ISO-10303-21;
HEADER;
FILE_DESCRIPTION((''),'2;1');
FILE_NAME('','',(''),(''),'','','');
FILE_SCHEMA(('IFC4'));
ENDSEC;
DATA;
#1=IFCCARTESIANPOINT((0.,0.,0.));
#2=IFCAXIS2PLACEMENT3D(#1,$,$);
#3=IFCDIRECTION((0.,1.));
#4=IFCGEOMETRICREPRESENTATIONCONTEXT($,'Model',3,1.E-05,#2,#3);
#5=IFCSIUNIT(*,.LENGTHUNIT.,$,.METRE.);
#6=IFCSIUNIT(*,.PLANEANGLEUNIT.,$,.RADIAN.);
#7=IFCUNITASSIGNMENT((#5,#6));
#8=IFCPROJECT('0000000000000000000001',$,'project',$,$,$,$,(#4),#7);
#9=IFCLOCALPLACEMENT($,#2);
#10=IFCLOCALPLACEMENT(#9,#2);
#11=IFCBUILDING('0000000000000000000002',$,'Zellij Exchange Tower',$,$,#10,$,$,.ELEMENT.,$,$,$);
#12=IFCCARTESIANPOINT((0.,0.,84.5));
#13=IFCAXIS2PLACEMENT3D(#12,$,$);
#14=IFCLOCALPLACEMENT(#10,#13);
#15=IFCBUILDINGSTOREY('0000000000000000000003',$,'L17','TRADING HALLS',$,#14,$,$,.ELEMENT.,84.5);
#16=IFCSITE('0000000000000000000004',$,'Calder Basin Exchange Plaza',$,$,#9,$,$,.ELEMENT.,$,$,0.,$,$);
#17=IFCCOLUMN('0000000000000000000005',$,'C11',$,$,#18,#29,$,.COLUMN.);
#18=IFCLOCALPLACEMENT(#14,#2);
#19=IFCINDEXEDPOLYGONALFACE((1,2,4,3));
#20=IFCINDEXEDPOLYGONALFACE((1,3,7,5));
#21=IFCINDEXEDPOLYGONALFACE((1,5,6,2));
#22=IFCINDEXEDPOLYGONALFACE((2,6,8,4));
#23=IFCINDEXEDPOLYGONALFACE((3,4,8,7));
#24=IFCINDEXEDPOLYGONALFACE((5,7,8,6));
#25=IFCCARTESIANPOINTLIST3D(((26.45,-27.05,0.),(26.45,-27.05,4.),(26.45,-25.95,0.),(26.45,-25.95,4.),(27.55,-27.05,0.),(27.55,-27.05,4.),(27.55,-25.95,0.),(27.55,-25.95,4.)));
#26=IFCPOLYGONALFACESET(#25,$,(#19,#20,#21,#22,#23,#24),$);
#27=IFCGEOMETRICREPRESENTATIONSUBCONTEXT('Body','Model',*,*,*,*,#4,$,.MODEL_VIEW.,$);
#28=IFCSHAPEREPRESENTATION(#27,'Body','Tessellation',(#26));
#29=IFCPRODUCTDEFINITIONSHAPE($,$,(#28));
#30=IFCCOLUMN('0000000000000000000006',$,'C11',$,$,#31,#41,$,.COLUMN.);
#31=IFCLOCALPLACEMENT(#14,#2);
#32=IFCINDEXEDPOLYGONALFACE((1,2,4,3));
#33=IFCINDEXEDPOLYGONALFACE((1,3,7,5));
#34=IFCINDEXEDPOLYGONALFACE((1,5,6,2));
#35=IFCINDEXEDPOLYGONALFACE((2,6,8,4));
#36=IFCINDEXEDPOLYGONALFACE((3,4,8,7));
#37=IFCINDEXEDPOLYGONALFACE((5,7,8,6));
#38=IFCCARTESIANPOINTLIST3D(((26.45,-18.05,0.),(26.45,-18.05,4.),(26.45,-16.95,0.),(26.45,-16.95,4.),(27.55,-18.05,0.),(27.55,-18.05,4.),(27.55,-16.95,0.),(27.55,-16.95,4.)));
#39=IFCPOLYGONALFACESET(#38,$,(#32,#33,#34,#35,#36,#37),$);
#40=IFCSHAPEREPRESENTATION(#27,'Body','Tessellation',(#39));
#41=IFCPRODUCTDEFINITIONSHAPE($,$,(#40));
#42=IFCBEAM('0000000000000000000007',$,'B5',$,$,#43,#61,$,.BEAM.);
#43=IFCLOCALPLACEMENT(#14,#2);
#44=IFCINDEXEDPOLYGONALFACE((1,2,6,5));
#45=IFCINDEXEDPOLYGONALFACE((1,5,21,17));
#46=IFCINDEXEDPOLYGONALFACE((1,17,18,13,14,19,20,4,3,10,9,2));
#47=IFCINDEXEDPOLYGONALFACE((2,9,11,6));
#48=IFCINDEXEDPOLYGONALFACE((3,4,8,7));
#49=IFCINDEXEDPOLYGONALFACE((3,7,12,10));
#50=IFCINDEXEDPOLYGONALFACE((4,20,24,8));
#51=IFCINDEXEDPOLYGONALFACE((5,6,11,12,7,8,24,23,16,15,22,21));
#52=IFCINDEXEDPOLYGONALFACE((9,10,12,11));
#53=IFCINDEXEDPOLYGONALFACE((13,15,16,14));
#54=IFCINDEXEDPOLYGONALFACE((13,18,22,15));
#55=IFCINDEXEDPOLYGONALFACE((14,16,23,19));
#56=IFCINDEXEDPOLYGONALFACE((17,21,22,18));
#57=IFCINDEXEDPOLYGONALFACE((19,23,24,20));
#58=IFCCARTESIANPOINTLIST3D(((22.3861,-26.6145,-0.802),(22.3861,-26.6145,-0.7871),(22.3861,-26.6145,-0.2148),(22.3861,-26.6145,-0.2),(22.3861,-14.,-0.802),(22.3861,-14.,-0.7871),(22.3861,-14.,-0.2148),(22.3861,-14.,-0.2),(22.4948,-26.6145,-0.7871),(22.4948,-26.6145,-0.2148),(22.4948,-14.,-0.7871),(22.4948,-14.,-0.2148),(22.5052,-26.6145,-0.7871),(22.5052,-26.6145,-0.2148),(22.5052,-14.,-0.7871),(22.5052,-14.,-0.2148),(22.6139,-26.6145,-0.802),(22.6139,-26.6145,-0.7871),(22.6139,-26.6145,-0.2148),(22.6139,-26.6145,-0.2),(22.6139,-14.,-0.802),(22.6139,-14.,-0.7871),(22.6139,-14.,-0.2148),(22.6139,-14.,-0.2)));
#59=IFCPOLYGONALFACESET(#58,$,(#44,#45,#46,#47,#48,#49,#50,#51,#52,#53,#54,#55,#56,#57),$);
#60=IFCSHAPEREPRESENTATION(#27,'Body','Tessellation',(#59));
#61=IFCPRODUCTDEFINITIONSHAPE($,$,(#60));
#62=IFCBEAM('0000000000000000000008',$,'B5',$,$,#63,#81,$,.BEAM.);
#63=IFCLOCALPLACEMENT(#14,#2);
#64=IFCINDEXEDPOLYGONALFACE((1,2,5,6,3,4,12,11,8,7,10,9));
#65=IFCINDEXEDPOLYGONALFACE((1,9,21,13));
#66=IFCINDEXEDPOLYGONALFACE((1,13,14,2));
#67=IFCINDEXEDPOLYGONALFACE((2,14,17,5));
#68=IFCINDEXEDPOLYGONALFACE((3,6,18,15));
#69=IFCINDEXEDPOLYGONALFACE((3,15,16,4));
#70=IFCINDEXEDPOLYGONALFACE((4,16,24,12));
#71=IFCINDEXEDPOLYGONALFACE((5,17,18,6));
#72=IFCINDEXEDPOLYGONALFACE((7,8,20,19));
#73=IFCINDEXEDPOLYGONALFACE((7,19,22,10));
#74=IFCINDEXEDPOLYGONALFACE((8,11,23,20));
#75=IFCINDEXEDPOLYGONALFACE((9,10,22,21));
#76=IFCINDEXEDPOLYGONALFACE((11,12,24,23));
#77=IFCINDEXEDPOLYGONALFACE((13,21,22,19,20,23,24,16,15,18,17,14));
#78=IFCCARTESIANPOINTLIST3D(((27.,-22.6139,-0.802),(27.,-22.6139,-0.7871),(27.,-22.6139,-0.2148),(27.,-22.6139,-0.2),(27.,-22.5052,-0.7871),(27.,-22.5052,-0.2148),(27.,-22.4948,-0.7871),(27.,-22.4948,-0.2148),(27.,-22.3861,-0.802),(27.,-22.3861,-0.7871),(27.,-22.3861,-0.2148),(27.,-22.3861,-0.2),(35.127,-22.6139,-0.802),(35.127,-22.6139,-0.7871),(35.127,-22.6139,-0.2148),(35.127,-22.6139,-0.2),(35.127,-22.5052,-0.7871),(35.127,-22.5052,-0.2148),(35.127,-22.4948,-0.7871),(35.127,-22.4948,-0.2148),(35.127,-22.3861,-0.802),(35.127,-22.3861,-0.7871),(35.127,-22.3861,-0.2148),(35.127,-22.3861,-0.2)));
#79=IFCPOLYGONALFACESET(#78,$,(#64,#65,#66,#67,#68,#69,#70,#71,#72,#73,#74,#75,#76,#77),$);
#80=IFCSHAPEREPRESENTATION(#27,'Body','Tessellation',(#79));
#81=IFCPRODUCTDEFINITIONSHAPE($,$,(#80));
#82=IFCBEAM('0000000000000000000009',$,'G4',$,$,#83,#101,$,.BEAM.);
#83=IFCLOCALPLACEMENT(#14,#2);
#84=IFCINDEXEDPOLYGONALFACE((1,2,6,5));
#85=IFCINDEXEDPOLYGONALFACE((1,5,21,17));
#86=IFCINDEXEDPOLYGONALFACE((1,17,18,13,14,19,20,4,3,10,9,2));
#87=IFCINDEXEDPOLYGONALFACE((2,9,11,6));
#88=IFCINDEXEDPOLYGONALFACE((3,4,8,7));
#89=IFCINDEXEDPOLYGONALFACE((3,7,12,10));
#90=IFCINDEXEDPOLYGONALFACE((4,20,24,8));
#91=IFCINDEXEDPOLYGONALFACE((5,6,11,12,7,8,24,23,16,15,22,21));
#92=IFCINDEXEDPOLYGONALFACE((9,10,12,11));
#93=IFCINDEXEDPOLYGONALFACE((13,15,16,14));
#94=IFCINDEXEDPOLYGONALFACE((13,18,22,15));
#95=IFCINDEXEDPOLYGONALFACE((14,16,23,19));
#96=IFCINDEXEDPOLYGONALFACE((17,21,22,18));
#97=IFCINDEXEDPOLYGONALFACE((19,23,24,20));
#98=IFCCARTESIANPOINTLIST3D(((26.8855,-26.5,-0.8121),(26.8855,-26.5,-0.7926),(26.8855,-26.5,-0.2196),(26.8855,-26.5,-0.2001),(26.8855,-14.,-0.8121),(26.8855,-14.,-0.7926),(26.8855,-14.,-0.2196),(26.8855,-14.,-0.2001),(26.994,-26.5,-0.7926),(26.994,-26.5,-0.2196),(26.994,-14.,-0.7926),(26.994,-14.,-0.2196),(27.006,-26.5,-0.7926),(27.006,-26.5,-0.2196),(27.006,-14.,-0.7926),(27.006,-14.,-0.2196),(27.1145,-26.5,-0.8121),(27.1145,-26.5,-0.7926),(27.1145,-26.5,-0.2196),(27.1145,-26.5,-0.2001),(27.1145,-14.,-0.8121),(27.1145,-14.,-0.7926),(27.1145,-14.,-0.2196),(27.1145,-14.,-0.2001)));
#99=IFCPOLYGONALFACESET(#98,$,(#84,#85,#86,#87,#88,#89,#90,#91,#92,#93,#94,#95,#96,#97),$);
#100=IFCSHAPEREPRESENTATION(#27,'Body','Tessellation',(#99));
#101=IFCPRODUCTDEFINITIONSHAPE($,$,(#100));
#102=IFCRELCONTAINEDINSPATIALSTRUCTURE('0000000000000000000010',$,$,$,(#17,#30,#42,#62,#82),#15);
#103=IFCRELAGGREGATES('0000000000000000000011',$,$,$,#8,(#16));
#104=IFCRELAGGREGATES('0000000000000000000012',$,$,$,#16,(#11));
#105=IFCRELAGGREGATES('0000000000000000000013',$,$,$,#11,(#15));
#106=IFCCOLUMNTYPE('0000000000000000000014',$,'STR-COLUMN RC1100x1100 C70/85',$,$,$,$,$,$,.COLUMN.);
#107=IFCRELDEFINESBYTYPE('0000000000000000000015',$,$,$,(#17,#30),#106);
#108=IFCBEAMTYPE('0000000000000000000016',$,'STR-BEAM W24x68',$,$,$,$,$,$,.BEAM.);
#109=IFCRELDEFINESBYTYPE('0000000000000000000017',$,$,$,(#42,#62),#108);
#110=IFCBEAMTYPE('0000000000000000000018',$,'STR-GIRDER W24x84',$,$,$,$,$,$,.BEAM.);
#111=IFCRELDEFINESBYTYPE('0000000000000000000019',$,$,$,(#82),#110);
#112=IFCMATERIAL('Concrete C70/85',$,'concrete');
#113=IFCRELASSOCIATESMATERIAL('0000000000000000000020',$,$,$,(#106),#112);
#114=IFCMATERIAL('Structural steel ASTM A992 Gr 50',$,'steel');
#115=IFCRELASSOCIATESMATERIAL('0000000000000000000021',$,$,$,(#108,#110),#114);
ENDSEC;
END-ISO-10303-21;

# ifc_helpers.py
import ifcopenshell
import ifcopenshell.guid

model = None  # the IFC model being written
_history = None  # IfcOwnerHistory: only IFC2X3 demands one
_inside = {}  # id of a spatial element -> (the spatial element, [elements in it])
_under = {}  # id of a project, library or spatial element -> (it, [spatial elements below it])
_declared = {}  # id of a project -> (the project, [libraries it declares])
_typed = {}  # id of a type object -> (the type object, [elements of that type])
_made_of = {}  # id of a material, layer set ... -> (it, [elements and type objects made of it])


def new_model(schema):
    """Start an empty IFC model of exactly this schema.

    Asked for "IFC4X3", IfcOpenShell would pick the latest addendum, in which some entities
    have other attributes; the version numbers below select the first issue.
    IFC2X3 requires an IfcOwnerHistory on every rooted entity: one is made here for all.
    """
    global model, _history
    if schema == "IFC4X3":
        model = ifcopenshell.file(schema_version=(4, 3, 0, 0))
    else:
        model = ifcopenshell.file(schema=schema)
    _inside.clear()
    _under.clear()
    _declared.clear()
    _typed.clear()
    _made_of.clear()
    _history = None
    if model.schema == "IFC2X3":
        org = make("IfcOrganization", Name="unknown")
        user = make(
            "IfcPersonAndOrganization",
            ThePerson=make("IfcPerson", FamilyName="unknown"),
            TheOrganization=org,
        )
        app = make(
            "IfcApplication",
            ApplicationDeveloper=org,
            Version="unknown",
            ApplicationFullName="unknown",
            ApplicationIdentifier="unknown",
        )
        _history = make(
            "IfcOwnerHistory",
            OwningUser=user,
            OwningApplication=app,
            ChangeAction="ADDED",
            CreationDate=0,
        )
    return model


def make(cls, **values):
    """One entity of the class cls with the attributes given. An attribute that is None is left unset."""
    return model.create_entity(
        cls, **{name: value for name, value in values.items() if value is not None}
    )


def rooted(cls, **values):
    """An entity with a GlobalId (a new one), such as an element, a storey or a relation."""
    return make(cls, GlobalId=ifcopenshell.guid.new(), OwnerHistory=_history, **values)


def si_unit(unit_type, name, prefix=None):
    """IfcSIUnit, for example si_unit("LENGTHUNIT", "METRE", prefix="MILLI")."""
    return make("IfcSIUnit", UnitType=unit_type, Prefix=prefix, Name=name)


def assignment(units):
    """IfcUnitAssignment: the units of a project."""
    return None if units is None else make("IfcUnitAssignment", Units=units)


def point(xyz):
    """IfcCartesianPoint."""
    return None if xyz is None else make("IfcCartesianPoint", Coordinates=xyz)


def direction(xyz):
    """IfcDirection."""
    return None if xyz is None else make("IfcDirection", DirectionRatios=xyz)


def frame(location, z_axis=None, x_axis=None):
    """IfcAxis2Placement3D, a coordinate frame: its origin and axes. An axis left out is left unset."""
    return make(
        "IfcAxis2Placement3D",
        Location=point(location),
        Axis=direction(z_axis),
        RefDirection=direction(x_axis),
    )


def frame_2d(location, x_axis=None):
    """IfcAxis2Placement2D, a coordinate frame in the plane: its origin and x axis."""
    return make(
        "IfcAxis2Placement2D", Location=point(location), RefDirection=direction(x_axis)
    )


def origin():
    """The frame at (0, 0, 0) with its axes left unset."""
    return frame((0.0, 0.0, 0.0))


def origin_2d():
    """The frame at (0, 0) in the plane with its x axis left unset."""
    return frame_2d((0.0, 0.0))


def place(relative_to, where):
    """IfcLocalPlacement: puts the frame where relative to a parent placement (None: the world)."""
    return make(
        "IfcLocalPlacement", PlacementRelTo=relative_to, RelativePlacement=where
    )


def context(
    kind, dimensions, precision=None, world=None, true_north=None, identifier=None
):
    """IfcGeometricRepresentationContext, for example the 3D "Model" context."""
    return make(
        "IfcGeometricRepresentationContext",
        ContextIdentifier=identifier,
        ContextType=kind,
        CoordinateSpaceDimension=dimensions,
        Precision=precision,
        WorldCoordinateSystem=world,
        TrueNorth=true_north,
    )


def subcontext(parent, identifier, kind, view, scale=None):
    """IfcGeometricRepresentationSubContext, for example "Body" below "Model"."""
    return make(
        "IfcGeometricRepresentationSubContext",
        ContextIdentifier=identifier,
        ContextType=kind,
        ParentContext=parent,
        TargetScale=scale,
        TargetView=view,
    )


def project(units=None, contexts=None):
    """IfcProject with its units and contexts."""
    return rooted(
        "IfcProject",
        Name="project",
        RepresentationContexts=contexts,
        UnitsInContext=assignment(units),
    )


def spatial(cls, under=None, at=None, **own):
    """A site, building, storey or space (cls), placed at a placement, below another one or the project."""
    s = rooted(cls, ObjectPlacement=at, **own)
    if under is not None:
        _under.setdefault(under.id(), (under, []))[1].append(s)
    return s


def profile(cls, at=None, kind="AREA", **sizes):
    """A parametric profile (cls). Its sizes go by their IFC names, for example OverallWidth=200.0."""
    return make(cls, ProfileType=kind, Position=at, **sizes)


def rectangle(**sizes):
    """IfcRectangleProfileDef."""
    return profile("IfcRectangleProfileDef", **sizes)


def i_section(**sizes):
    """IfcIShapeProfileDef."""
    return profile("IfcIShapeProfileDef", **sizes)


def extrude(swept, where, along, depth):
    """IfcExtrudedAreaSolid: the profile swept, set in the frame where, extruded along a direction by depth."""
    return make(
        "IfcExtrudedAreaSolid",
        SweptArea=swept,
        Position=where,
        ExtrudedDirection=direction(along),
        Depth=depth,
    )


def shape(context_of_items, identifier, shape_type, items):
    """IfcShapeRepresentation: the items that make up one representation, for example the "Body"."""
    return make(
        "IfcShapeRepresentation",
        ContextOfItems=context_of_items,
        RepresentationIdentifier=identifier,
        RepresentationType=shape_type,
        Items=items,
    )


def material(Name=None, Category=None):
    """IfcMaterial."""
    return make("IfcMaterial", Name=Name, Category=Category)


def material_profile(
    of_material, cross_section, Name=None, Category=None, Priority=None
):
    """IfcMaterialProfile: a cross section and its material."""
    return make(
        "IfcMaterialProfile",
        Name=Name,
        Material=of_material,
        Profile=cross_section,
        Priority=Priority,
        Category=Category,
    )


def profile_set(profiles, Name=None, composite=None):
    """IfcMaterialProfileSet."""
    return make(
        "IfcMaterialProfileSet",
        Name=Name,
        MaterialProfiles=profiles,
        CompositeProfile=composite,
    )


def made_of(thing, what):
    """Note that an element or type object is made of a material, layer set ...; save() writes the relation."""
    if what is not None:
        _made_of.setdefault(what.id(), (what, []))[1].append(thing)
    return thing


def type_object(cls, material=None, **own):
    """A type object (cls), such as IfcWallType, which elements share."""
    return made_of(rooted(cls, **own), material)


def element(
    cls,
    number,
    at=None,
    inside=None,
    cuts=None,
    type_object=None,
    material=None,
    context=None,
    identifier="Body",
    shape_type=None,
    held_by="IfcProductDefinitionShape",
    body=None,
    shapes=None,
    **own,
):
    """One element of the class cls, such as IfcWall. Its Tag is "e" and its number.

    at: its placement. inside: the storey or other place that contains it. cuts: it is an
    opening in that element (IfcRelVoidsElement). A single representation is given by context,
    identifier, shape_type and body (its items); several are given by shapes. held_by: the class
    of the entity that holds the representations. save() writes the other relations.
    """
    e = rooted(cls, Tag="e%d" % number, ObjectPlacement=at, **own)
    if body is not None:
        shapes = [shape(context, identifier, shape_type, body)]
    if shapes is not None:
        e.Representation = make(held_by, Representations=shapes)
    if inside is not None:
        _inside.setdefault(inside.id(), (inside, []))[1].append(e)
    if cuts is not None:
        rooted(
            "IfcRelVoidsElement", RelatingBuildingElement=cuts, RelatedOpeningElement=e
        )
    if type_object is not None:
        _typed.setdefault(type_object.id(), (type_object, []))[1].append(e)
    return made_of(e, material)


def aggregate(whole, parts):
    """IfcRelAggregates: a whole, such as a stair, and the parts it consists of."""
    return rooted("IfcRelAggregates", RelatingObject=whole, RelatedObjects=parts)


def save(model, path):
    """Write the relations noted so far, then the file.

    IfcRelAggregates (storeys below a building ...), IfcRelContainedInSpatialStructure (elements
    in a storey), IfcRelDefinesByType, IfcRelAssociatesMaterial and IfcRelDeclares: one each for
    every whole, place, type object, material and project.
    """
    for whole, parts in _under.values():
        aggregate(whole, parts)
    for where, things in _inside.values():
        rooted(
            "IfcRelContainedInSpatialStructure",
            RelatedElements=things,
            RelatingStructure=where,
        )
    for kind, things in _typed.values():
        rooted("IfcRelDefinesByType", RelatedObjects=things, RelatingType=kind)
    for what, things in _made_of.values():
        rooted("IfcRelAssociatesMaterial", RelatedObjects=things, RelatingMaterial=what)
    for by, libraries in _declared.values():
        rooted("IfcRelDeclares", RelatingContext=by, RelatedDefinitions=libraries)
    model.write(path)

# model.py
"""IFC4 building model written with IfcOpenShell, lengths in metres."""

from ifc_helpers import new_model, si_unit, direction, frame, origin, origin_2d, place, context, subcontext, project, spatial, rectangle, i_section, extrude, material, material_profile, profile_set, type_object, element, save


model = new_model("IFC4")

# Units and contexts
model_context = context("Model", 3, precision=1e-05, world=origin(), true_north=direction((0.0, 1.0)))
body_context = subcontext(model_context, "Body", "Model", "MODEL_VIEW")
ifc_project = project(units=[si_unit("LENGTHUNIT", "METRE"), si_unit("PLANEANGLEUNIT", "RADIAN")], contexts=[model_context])

# Site, building, storey
site_placement = place(None, origin())
site = spatial("IfcSite", under=ifc_project, at=site_placement, Name="Calder Basin Exchange Plaza", CompositionType="ELEMENT", RefElevation=0.0)
building_placement = place(site_placement, origin())
building = spatial("IfcBuilding", under=site, at=building_placement, Name="Zellij Exchange Tower", CompositionType="ELEMENT")
storey_placement = place(building_placement, frame((0.0, 0.0, 84.5)))
storey = spatial("IfcBuildingStorey", under=building, at=storey_placement, Name="L17", Description="TRADING HALLS", CompositionType="ELEMENT", Elevation=84.5)

# Columns
ifc_material_1 = material(Name="Concrete C70/85", Category="concrete")
ifc_material_profile_1 = material_profile(ifc_material_1, rectangle(XDim=1.1001, YDim=1.1001, at=origin_2d()), Name="STR-COLUMN RC1100x1100 C70/85")
ifc_profile_set_1 = profile_set([ifc_material_profile_1], Name="Concrete C70/85")
column_type = type_object("IfcColumnType", Name="STR-COLUMN RC1100x1100 C70/85", PredefinedType="COLUMN", material=ifc_profile_set_1)
for number, where, z_axis, x_axis, name in (
    (1, (27.0, -26.5, 0.0), (0.0, 0.0, 1.0), (1.0, 0.0, 0.0), "C11"),
    (2, (27.0, -17.5, 0.0), (0.0, 0.0, 1.0), (1.0, 0.0, 0.0), "C11"),
):
    element("IfcColumn", number, at=place(storey_placement, frame(where, z_axis=z_axis, x_axis=x_axis)), inside=storey, type_object=column_type, Name=name, PredefinedType="COLUMN", context=body_context, shape_type="SweptSolid", body=[
        extrude(rectangle(XDim=1.1001, YDim=1.1001, at=origin_2d()), origin(), (0.0, 0.0, 1.0), 4.0),
    ])

# Beams
ifc_material_2 = material(Name="Structural steel ASTM A992 Gr 50", Category="steel")
ifc_material_profile_2 = material_profile(ifc_material_2, i_section(OverallWidth=0.2278, OverallDepth=0.6021, WebThickness=0.0105, FlangeThickness=0.0149, at=origin_2d()), Name="W24x68")
ifc_profile_set_2 = profile_set([ifc_material_profile_2], Name="Structural steel ASTM A992 Gr 50")
beam_type_1 = type_object("IfcBeamType", Name="STR-BEAM W24x68", PredefinedType="BEAM", material=ifc_profile_set_2)
beam_1_placement = place(storey_placement, frame((22.5, -26.6145, -0.501), z_axis=(0.0, 1.0, 0.0), x_axis=(-1.0, 0.0, 0.0)))
element("IfcBeam", 3, at=beam_1_placement, inside=storey, type_object=beam_type_1, Name="B5", PredefinedType="BEAM", context=body_context, shape_type="SweptSolid", body=[
    extrude(i_section(OverallWidth=0.2278, OverallDepth=0.6021, WebThickness=0.0105, FlangeThickness=0.0149, at=origin_2d()), origin(), (0.0, 0.0, 1.0), 12.6145),
])
beam_2_placement = place(storey_placement, frame((27.0, -22.5, -0.501), z_axis=(1.0, 0.0, 0.0), x_axis=(0.0, 1.0, 0.0)))
element("IfcBeam", 4, at=beam_2_placement, inside=storey, type_object=beam_type_1, Name="B5", PredefinedType="BEAM", context=body_context, shape_type="SweptSolid", body=[
    extrude(i_section(OverallWidth=0.2278, OverallDepth=0.6021, WebThickness=0.0105, FlangeThickness=0.0149, at=origin_2d()), origin(), (0.0, 0.0, 1.0), 8.127),
])
ifc_material_profile_3 = material_profile(ifc_material_2, i_section(OverallWidth=0.229, OverallDepth=0.6121, WebThickness=0.012, FlangeThickness=0.0195, at=origin_2d()), Name="W24x84")
ifc_profile_set_3 = profile_set([ifc_material_profile_3], Name="Structural steel ASTM A992 Gr 50")
beam_type_2 = type_object("IfcBeamType", Name="STR-GIRDER W24x84", PredefinedType="BEAM", material=ifc_profile_set_3)
beam_3_placement = place(storey_placement, frame((27.0, -26.5, -0.5061), z_axis=(0.0, 1.0, 0.0), x_axis=(-1.0, 0.0, 0.0)))
element("IfcBeam", 5, at=beam_3_placement, inside=storey, type_object=beam_type_2, Name="G4", PredefinedType="BEAM", context=body_context, shape_type="SweptSolid", body=[
    extrude(i_section(OverallWidth=0.229, OverallDepth=0.6121, WebThickness=0.012, FlangeThickness=0.0195, at=origin_2d()), origin(), (0.0, 0.0, 1.0), 12.5),
])

save(model, "model.ifc")
